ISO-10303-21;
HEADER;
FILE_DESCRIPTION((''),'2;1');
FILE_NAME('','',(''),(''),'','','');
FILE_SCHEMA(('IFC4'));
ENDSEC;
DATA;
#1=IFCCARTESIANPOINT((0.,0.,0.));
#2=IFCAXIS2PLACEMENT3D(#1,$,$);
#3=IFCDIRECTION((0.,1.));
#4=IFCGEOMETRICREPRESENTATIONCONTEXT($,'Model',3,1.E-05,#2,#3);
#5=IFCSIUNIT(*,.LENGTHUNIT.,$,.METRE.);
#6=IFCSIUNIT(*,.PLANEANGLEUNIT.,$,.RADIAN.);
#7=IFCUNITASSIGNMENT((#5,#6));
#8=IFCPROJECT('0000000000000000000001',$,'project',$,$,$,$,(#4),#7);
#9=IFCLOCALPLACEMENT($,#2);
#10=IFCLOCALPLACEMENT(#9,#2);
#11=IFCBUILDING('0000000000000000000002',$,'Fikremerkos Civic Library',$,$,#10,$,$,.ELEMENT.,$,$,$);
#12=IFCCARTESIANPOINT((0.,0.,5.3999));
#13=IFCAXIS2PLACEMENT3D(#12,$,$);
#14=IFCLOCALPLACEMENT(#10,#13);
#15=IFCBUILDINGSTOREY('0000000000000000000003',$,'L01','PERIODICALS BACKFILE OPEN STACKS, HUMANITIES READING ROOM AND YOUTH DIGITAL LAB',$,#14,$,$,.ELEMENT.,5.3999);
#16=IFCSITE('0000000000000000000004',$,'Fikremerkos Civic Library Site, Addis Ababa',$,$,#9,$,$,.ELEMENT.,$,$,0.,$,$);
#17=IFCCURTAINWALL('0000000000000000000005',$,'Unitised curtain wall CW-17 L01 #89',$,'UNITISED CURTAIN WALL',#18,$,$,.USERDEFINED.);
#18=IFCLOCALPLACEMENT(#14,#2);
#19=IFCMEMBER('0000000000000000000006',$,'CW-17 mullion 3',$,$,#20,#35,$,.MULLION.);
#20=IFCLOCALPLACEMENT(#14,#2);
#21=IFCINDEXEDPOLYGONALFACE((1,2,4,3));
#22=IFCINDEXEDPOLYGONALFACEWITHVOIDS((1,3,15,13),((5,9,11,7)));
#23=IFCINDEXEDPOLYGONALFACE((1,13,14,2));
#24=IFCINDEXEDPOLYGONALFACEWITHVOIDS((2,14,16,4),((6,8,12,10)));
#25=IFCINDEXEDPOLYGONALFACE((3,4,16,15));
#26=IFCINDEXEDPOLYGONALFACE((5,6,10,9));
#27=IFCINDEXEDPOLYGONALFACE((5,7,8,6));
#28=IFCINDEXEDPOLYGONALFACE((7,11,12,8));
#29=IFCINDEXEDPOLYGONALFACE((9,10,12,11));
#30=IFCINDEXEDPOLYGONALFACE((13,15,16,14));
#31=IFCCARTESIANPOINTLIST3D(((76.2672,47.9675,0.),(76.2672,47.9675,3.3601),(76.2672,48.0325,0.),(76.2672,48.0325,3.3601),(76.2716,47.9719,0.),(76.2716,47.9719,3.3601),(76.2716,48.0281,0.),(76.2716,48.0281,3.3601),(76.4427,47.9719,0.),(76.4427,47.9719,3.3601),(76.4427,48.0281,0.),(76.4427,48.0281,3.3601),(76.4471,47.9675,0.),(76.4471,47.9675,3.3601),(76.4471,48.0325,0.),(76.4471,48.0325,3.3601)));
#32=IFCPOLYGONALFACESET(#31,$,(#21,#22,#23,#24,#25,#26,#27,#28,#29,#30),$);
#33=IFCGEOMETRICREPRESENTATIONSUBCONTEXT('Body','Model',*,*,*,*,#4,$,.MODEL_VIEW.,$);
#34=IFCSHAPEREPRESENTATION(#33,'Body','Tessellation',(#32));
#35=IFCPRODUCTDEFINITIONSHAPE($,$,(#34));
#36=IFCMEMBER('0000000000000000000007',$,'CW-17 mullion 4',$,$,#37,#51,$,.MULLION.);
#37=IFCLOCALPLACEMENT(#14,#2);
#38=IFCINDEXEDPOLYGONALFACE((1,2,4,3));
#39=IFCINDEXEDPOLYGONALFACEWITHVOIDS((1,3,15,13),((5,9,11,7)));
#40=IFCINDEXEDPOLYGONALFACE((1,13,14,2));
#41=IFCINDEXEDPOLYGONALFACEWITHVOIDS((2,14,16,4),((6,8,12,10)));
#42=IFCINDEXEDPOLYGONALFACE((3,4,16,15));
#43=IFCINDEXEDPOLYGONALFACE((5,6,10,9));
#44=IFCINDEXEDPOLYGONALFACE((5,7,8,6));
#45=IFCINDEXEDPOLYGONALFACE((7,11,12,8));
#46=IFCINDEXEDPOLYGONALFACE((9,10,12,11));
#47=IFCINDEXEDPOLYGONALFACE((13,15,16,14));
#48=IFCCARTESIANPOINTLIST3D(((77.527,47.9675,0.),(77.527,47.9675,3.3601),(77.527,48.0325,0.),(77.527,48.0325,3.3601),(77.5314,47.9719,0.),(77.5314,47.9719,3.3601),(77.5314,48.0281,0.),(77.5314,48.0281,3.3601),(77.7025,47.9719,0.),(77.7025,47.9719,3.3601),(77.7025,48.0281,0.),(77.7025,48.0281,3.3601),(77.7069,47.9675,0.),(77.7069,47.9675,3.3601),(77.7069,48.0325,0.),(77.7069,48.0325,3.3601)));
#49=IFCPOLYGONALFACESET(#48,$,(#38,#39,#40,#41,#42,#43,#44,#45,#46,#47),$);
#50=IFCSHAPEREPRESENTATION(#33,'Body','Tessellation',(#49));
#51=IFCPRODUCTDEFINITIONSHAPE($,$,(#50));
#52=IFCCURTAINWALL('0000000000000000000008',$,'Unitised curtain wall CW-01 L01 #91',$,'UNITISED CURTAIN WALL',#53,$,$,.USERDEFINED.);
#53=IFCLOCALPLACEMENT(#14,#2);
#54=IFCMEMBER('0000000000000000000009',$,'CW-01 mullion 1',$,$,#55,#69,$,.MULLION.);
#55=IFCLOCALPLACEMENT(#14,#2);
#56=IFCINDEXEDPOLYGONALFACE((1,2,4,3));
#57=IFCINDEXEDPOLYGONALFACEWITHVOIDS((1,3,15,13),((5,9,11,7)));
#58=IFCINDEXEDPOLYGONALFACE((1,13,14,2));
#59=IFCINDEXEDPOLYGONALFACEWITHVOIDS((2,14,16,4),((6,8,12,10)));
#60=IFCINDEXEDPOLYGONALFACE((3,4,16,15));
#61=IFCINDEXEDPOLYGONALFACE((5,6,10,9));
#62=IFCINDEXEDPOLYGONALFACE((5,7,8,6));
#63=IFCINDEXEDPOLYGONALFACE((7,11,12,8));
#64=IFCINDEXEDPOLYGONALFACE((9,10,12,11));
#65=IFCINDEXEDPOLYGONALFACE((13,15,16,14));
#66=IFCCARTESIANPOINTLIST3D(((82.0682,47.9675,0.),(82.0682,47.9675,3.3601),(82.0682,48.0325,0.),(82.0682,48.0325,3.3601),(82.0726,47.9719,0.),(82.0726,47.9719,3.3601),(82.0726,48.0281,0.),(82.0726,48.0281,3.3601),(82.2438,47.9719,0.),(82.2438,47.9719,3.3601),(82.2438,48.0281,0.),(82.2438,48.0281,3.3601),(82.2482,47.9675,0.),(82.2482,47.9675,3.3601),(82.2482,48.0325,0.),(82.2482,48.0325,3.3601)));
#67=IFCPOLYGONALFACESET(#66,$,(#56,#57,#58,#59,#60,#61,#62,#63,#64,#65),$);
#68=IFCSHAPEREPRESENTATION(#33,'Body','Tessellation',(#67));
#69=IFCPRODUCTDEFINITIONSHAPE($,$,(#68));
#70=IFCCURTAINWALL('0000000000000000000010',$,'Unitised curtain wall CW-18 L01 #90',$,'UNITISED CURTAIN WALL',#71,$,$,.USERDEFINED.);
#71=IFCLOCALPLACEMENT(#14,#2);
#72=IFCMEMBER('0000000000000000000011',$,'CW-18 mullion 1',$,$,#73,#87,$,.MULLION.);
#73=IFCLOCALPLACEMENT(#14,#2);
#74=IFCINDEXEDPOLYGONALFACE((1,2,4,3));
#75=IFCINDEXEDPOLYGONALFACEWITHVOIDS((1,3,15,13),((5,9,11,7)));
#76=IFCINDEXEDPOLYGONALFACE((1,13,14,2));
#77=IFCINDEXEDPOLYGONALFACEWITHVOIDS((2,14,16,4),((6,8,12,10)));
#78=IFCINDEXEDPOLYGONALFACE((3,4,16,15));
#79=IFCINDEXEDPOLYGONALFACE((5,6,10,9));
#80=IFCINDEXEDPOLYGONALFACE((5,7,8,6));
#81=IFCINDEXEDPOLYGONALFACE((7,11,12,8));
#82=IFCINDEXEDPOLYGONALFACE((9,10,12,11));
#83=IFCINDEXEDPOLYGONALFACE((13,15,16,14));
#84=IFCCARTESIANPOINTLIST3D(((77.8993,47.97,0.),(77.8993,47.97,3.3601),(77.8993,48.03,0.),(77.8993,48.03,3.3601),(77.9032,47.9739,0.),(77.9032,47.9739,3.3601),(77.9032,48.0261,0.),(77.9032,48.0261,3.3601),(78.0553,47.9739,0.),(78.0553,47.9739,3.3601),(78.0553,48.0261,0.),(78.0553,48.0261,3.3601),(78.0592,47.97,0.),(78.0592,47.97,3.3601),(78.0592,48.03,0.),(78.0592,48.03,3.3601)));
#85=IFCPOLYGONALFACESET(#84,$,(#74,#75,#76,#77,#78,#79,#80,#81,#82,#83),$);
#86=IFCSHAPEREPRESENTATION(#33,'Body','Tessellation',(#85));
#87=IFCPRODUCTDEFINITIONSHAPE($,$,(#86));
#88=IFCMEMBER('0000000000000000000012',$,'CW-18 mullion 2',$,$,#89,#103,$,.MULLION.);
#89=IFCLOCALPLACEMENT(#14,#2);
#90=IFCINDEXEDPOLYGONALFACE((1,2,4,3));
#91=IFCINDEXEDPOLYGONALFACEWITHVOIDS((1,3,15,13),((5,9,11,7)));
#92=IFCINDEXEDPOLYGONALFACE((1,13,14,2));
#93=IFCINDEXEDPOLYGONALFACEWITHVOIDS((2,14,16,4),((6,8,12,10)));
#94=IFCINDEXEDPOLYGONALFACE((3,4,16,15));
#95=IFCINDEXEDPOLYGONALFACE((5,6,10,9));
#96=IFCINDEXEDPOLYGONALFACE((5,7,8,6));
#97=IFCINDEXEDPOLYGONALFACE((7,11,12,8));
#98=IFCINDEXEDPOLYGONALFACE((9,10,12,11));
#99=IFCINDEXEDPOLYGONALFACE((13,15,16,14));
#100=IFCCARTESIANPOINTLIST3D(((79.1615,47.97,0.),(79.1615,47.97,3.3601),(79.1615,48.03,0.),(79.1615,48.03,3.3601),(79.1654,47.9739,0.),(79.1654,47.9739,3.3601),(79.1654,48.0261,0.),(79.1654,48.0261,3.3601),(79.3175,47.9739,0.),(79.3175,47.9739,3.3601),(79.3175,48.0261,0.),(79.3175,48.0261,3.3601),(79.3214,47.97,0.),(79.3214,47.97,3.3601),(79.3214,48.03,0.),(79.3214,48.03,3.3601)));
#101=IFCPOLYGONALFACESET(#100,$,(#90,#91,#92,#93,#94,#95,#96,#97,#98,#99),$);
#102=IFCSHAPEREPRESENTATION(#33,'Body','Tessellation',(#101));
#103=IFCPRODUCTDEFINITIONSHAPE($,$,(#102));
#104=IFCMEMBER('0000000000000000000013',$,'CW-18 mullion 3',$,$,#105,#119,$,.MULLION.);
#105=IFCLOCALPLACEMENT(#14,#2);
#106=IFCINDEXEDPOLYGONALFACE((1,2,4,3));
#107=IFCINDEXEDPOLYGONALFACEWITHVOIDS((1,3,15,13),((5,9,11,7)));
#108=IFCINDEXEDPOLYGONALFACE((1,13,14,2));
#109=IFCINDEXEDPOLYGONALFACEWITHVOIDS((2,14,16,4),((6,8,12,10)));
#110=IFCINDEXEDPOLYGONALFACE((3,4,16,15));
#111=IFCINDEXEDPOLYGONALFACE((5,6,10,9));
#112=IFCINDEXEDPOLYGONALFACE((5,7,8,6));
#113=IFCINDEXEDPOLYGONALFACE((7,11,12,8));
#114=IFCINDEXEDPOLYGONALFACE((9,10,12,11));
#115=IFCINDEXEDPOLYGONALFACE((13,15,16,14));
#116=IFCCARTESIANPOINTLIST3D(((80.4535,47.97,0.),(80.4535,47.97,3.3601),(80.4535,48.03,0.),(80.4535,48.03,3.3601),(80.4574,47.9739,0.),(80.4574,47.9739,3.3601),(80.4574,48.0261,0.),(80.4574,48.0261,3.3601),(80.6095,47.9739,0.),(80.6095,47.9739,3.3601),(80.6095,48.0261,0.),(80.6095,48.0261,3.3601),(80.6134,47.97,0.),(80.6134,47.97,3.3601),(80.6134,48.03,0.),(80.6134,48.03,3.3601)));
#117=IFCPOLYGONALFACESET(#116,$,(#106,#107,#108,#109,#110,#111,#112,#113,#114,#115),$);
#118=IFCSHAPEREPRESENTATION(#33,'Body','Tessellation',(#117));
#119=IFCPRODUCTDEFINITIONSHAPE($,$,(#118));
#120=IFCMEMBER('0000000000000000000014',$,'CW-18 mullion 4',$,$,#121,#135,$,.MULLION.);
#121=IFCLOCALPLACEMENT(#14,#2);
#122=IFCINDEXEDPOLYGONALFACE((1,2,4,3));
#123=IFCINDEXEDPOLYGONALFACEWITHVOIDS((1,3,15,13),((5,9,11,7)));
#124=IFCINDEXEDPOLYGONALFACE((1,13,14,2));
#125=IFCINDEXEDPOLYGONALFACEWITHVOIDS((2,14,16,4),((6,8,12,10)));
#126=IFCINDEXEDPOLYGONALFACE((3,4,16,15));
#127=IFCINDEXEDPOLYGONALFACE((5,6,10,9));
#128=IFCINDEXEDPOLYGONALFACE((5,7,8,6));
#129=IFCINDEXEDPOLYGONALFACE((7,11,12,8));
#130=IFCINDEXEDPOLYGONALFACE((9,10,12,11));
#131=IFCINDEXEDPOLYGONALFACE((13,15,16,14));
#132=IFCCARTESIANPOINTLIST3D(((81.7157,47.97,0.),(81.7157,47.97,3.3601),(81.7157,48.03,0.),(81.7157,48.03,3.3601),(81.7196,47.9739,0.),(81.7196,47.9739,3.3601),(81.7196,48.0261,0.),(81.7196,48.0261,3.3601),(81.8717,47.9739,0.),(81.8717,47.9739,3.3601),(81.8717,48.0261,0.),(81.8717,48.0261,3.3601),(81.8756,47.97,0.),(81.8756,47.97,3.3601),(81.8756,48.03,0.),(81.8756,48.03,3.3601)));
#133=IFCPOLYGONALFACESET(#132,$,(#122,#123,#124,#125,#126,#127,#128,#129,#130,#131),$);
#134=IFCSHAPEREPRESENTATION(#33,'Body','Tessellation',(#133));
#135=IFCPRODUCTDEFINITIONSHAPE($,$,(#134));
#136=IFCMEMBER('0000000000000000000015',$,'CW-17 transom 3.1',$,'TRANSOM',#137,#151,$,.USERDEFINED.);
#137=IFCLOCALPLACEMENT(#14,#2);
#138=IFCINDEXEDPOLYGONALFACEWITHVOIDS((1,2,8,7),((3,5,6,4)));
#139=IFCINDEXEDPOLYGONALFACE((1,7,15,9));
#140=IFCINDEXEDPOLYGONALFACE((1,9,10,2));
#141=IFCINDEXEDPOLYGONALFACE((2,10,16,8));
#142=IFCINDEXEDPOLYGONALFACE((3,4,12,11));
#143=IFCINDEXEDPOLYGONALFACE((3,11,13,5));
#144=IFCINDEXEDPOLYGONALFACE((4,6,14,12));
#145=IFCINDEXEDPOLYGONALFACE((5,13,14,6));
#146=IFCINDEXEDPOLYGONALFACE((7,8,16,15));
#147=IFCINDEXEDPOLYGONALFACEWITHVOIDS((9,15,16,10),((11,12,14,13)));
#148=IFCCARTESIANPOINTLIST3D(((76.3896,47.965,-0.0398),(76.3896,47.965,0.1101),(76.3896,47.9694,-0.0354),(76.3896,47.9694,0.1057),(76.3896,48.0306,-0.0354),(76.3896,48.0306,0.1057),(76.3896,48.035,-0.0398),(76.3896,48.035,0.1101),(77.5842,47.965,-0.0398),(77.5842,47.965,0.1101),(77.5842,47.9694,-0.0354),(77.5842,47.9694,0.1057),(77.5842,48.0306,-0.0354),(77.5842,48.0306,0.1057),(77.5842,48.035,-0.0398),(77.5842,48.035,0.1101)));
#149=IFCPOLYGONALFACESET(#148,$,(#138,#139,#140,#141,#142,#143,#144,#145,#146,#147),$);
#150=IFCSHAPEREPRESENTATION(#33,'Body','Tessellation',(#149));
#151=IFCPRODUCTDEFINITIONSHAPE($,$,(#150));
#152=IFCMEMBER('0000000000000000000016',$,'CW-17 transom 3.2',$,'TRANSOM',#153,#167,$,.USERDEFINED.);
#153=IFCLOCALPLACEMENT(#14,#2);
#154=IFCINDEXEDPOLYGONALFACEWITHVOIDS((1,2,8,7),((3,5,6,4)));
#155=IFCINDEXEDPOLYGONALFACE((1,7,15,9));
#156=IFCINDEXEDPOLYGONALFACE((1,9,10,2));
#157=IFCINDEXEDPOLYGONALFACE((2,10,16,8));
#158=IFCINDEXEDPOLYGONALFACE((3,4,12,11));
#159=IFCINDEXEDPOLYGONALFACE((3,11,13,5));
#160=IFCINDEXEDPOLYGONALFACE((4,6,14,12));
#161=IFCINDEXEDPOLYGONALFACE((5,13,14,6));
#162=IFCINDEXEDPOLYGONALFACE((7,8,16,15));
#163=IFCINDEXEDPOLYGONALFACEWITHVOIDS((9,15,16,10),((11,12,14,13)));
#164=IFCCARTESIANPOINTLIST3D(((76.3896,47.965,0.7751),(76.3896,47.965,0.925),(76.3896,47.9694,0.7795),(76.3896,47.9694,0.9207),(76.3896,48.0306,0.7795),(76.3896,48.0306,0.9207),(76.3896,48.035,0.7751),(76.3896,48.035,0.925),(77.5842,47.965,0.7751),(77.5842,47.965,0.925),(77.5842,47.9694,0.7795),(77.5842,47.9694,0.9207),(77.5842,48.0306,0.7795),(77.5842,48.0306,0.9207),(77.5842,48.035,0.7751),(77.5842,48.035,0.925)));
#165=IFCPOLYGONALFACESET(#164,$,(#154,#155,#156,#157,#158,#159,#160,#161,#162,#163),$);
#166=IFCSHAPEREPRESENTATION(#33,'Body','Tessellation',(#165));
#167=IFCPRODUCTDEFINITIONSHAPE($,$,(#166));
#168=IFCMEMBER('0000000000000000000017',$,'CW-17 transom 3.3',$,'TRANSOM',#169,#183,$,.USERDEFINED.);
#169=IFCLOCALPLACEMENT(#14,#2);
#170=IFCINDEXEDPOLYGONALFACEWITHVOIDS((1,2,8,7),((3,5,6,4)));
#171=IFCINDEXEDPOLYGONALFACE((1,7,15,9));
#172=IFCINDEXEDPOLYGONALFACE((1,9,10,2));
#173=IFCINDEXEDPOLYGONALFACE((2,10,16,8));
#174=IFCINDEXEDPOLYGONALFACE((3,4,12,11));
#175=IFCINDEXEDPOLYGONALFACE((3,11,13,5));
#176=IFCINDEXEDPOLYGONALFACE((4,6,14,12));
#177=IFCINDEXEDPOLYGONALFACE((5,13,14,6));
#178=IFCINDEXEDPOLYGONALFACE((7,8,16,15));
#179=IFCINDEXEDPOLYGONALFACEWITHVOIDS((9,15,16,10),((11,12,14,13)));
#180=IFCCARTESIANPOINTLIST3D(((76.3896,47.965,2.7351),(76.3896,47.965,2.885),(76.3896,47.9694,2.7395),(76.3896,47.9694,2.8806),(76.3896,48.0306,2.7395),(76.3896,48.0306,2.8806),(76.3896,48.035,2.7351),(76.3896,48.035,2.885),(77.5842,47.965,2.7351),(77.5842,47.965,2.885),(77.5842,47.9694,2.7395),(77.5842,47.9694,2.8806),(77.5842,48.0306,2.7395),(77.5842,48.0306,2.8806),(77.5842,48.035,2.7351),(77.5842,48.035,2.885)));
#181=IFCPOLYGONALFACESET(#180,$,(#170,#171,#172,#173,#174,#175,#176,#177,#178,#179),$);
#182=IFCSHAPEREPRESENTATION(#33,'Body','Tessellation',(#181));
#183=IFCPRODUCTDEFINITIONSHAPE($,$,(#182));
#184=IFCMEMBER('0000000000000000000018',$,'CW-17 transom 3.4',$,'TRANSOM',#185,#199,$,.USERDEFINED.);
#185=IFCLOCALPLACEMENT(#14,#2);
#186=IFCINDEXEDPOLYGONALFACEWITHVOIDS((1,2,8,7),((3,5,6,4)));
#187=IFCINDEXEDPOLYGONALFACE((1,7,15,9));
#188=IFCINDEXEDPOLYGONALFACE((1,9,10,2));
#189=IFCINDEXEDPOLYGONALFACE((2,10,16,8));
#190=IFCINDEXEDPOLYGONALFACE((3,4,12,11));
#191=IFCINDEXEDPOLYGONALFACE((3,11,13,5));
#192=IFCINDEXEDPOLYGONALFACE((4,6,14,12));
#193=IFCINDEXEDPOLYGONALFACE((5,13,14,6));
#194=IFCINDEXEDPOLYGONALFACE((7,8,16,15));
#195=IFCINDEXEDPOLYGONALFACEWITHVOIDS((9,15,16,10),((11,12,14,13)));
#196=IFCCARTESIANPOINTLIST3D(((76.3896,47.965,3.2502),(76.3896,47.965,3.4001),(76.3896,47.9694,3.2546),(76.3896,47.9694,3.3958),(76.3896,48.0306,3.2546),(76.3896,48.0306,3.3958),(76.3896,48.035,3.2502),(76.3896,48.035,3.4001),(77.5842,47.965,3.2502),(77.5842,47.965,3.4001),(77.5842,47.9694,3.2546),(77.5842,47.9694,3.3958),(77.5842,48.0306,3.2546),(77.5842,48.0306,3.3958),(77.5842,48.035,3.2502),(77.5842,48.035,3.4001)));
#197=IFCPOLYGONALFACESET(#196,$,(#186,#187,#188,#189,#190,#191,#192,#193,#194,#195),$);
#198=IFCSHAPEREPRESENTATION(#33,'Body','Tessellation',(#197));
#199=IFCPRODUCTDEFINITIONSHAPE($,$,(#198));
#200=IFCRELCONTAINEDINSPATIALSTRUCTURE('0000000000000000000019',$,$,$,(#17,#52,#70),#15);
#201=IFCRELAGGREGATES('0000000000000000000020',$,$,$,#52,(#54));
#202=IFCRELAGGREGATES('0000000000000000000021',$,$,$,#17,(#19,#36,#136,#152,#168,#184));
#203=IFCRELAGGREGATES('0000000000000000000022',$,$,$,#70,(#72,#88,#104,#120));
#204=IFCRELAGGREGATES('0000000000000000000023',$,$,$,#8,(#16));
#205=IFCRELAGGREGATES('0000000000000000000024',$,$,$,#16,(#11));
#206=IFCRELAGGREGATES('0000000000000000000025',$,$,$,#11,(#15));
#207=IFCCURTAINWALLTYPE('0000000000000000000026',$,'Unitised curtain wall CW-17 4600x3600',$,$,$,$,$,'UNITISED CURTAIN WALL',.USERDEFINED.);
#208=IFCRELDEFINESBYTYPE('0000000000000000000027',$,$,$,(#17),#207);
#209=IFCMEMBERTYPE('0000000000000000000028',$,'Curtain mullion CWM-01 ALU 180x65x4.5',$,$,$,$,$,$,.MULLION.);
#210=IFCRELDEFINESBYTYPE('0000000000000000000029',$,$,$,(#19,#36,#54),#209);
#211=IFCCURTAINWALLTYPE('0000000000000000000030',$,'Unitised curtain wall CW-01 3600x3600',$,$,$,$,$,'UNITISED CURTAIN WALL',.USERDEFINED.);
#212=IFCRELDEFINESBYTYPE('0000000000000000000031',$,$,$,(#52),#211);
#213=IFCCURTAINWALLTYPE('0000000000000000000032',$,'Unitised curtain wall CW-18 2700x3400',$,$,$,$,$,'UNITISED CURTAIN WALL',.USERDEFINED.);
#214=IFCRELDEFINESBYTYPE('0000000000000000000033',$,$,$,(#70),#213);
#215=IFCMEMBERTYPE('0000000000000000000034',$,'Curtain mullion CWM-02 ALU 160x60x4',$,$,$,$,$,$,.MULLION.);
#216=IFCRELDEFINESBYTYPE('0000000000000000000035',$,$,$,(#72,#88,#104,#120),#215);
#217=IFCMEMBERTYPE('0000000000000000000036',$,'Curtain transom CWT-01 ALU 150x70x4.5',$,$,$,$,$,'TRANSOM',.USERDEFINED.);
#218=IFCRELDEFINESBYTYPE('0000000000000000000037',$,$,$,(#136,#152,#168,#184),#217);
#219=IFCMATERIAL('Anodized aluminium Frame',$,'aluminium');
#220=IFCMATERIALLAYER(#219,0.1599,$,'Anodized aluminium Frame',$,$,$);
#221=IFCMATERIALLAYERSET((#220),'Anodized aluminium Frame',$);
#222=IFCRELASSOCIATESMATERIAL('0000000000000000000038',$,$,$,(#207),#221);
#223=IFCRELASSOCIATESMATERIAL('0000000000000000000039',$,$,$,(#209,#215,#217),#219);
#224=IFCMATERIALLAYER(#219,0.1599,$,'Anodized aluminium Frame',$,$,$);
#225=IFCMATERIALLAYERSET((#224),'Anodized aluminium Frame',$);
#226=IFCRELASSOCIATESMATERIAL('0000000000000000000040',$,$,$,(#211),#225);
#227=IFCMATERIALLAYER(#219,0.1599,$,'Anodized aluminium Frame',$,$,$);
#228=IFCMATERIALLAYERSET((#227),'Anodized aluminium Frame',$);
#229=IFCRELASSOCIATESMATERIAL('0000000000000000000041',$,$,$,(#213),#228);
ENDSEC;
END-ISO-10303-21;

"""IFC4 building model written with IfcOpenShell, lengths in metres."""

from ifc_helpers import new_model, si_unit, direction, frame, origin, origin_2d, place, context, subcontext, project, spatial, hollow_rectangle, extrude, material, layer, layer_set, material_profile, profile_set, type_object, element, aggregate, save


model = new_model("IFC4")

# Units and contexts
model_context = context("Model", 3, precision=1e-05, world=origin(), true_north=direction((0.0, 1.0)))
body_context = subcontext(model_context, "Body", "Model", "MODEL_VIEW")
ifc_project = project(units=[si_unit("LENGTHUNIT", "METRE"), si_unit("PLANEANGLEUNIT", "RADIAN")], contexts=[model_context])

# Site, building, storey
site_placement = place(None, origin())
site = spatial("IfcSite", under=ifc_project, at=site_placement, Name="Fikremerkos Civic Library Site, Addis Ababa", CompositionType="ELEMENT", RefElevation=0.0)
building_placement = place(site_placement, origin())
building = spatial("IfcBuilding", under=site, at=building_placement, Name="Fikremerkos Civic Library", CompositionType="ELEMENT")
storey_placement = place(building_placement, frame((0.0, 0.0, 5.3999)))
storey = spatial("IfcBuildingStorey", under=building, at=storey_placement, Name="L01", Description="PERIODICALS BACKFILE OPEN STACKS, HUMANITIES READING ROOM AND YOUTH DIGITAL LAB", CompositionType="ELEMENT", Elevation=5.3999)

# Curtain wall, members
ifc_material_1 = material(Name="Anodized aluminium Frame", Category="aluminium")
ifc_layer_1 = layer(ifc_material_1, 0.1599, Name="Anodized aluminium Frame")
ifc_layer_set_1 = layer_set([ifc_layer_1], Name="Anodized aluminium Frame")
curtain_wall_type_1 = type_object("IfcCurtainWallType", Name="Unitised curtain wall CW-17 4600x3600", ElementType="UNITISED CURTAIN WALL", PredefinedType="USERDEFINED", material=ifc_layer_set_1)
curtain_wall_1_placement = place(storey_placement, origin())
curtain_wall_1 = element("IfcCurtainWall", 1, at=curtain_wall_1_placement, inside=storey, type_object=curtain_wall_type_1, Name="Unitised curtain wall CW-17 L01 #89", ObjectType="UNITISED CURTAIN WALL", PredefinedType="USERDEFINED")
ifc_material_profile_1 = material_profile(ifc_material_1, hollow_rectangle(XDim=0.0649, YDim=0.1799, WallThickness=0.0044, at=origin_2d()), Name="ALU 180x65x4.5")
ifc_profile_set_1 = profile_set([ifc_material_profile_1], Name="Anodized aluminium Frame")
member_type_1 = type_object("IfcMemberType", Name="Curtain mullion CWM-01 ALU 180x65x4.5", PredefinedType="MULLION", material=ifc_profile_set_1)
member_1_placement = place(storey_placement, frame((76.3572, 48.0, 0.0), z_axis=(0.0, 0.0, 1.0), x_axis=(0.0, 1.0, 0.0)))
member_1 = element("IfcMember", 2, at=member_1_placement, type_object=member_type_1, Name="CW-17 mullion 3", PredefinedType="MULLION", context=body_context, shape_type="SweptSolid", body=[
    extrude(hollow_rectangle(XDim=0.0649, YDim=0.1799, WallThickness=0.0044, at=origin_2d()), origin(), (0.0, 0.0, 1.0), 3.3601),
])
member_2_placement = place(storey_placement, frame((77.6169, 48.0, 0.0), z_axis=(0.0, 0.0, 1.0), x_axis=(0.0, 1.0, 0.0)))
member_2 = element("IfcMember", 3, at=member_2_placement, type_object=member_type_1, Name="CW-17 mullion 4", PredefinedType="MULLION", context=body_context, shape_type="SweptSolid", body=[
    extrude(hollow_rectangle(XDim=0.0649, YDim=0.1799, WallThickness=0.0044, at=origin_2d()), origin(), (0.0, 0.0, 1.0), 3.3601),
])

# Curtain wall, member
ifc_layer_2 = layer(ifc_material_1, 0.1599, Name="Anodized aluminium Frame")
ifc_layer_set_2 = layer_set([ifc_layer_2], Name="Anodized aluminium Frame")
curtain_wall_type_2 = type_object("IfcCurtainWallType", Name="Unitised curtain wall CW-01 3600x3600", ElementType="UNITISED CURTAIN WALL", PredefinedType="USERDEFINED", material=ifc_layer_set_2)
curtain_wall_2_placement = place(storey_placement, origin())
curtain_wall_2 = element("IfcCurtainWall", 4, at=curtain_wall_2_placement, inside=storey, type_object=curtain_wall_type_2, Name="Unitised curtain wall CW-01 L01 #91", ObjectType="UNITISED CURTAIN WALL", PredefinedType="USERDEFINED")
member_3_placement = place(storey_placement, frame((82.1582, 48.0, 0.0), z_axis=(0.0, 0.0, 1.0), x_axis=(0.0, 1.0, 0.0)))
member_3 = element("IfcMember", 5, at=member_3_placement, type_object=member_type_1, Name="CW-01 mullion 1", PredefinedType="MULLION", context=body_context, shape_type="SweptSolid", body=[
    extrude(hollow_rectangle(XDim=0.0649, YDim=0.1799, WallThickness=0.0044, at=origin_2d()), origin(), (0.0, 0.0, 1.0), 3.3601),
])
aggregate(curtain_wall_2, [member_3])

# Curtain wall, members
ifc_layer_3 = layer(ifc_material_1, 0.1599, Name="Anodized aluminium Frame")
ifc_layer_set_3 = layer_set([ifc_layer_3], Name="Anodized aluminium Frame")
curtain_wall_type_3 = type_object("IfcCurtainWallType", Name="Unitised curtain wall CW-18 2700x3400", ElementType="UNITISED CURTAIN WALL", PredefinedType="USERDEFINED", material=ifc_layer_set_3)
curtain_wall_3_placement = place(storey_placement, origin())
curtain_wall_3 = element("IfcCurtainWall", 6, at=curtain_wall_3_placement, inside=storey, type_object=curtain_wall_type_3, Name="Unitised curtain wall CW-18 L01 #90", ObjectType="UNITISED CURTAIN WALL", PredefinedType="USERDEFINED")
ifc_material_profile_2 = material_profile(ifc_material_1, hollow_rectangle(XDim=0.0601, YDim=0.1599, WallThickness=0.0039, at=origin_2d()), Name="ALU 160x60x4")
ifc_profile_set_2 = profile_set([ifc_material_profile_2], Name="Anodized aluminium Frame")
member_type_2 = type_object("IfcMemberType", Name="Curtain mullion CWM-02 ALU 160x60x4", PredefinedType="MULLION", material=ifc_profile_set_2)
member_4_placement = place(storey_placement, frame((77.9792, 48.0, 0.0), z_axis=(0.0, 0.0, 1.0), x_axis=(0.0, 1.0, 0.0)))
member_4 = element("IfcMember", 7, at=member_4_placement, type_object=member_type_2, Name="CW-18 mullion 1", PredefinedType="MULLION", context=body_context, shape_type="SweptSolid", body=[
    extrude(hollow_rectangle(XDim=0.0601, YDim=0.1599, WallThickness=0.0039, at=origin_2d()), origin(), (0.0, 0.0, 1.0), 3.3601),
])
member_5_placement = place(storey_placement, frame((79.2415, 48.0, 0.0), z_axis=(0.0, 0.0, 1.0), x_axis=(0.0, 1.0, 0.0)))
member_5 = element("IfcMember", 8, at=member_5_placement, type_object=member_type_2, Name="CW-18 mullion 2", PredefinedType="MULLION", context=body_context, shape_type="SweptSolid", body=[
    extrude(hollow_rectangle(XDim=0.0601, YDim=0.1599, WallThickness=0.0039, at=origin_2d()), origin(), (0.0, 0.0, 1.0), 3.3601),
])
member_6_placement = place(storey_placement, frame((80.5334, 48.0, 0.0), z_axis=(0.0, 0.0, 1.0), x_axis=(0.0, 1.0, 0.0)))
member_6 = element("IfcMember", 9, at=member_6_placement, type_object=member_type_2, Name="CW-18 mullion 3", PredefinedType="MULLION", context=body_context, shape_type="SweptSolid", body=[
    extrude(hollow_rectangle(XDim=0.0601, YDim=0.1599, WallThickness=0.0039, at=origin_2d()), origin(), (0.0, 0.0, 1.0), 3.3601),
])
member_7_placement = place(storey_placement, frame((81.7957, 48.0, 0.0), z_axis=(0.0, 0.0, 1.0), x_axis=(0.0, 1.0, 0.0)))
member_7 = element("IfcMember", 10, at=member_7_placement, type_object=member_type_2, Name="CW-18 mullion 4", PredefinedType="MULLION", context=body_context, shape_type="SweptSolid", body=[
    extrude(hollow_rectangle(XDim=0.0601, YDim=0.1599, WallThickness=0.0039, at=origin_2d()), origin(), (0.0, 0.0, 1.0), 3.3601),
])

# Members
ifc_material_profile_3 = material_profile(ifc_material_1, hollow_rectangle(XDim=0.0701, YDim=0.1499, WallThickness=0.0044, at=origin_2d()), Name="ALU 150x70x4.5")
ifc_profile_set_3 = profile_set([ifc_material_profile_3], Name="Anodized aluminium Frame")
member_type_3 = type_object("IfcMemberType", Name="Curtain transom CWT-01 ALU 150x70x4.5", ElementType="TRANSOM", PredefinedType="USERDEFINED", material=ifc_profile_set_3)
member_8_placement = place(storey_placement, frame((76.3896, 48.0, 0.0352), z_axis=(1.0, 0.0, 0.0), x_axis=(0.0, 1.0, 0.0)))
member_8 = element("IfcMember", 11, at=member_8_placement, type_object=member_type_3, Name="CW-17 transom 3.1", ObjectType="TRANSOM", PredefinedType="USERDEFINED", context=body_context, shape_type="SweptSolid", body=[
    extrude(hollow_rectangle(XDim=0.0701, YDim=0.1499, WallThickness=0.0044, at=origin_2d()), origin(), (0.0, 0.0, 1.0), 1.1946),
])
member_9_placement = place(storey_placement, frame((76.3896, 48.0, 0.8501), z_axis=(1.0, 0.0, 0.0), x_axis=(0.0, 1.0, 0.0)))
member_9 = element("IfcMember", 12, at=member_9_placement, type_object=member_type_3, Name="CW-17 transom 3.2", ObjectType="TRANSOM", PredefinedType="USERDEFINED", context=body_context, shape_type="SweptSolid", body=[
    extrude(hollow_rectangle(XDim=0.0701, YDim=0.1499, WallThickness=0.0044, at=origin_2d()), origin(), (0.0, 0.0, 1.0), 1.1946),
])
member_10_placement = place(storey_placement, frame((76.3896, 48.0, 2.8101), z_axis=(1.0, 0.0, 0.0), x_axis=(0.0, 1.0, 0.0)))
member_10 = element("IfcMember", 13, at=member_10_placement, type_object=member_type_3, Name="CW-17 transom 3.3", ObjectType="TRANSOM", PredefinedType="USERDEFINED", context=body_context, shape_type="SweptSolid", body=[
    extrude(hollow_rectangle(XDim=0.0701, YDim=0.1499, WallThickness=0.0044, at=origin_2d()), origin(), (0.0, 0.0, 1.0), 1.1946),
])
member_11_placement = place(storey_placement, frame((76.3896, 48.0, 3.3252), z_axis=(1.0, 0.0, 0.0), x_axis=(0.0, 1.0, 0.0)))
member_11 = element("IfcMember", 14, at=member_11_placement, type_object=member_type_3, Name="CW-17 transom 3.4", ObjectType="TRANSOM", PredefinedType="USERDEFINED", context=body_context, shape_type="SweptSolid", body=[
    extrude(hollow_rectangle(XDim=0.0701, YDim=0.1499, WallThickness=0.0044, at=origin_2d()), origin(), (0.0, 0.0, 1.0), 1.1946),
])

aggregate(curtain_wall_1, [member_1, member_2, member_8, member_9, member_10, member_11])
aggregate(curtain_wall_3, [member_4, member_5, member_6, member_7])

save(model, "model.ifc")
